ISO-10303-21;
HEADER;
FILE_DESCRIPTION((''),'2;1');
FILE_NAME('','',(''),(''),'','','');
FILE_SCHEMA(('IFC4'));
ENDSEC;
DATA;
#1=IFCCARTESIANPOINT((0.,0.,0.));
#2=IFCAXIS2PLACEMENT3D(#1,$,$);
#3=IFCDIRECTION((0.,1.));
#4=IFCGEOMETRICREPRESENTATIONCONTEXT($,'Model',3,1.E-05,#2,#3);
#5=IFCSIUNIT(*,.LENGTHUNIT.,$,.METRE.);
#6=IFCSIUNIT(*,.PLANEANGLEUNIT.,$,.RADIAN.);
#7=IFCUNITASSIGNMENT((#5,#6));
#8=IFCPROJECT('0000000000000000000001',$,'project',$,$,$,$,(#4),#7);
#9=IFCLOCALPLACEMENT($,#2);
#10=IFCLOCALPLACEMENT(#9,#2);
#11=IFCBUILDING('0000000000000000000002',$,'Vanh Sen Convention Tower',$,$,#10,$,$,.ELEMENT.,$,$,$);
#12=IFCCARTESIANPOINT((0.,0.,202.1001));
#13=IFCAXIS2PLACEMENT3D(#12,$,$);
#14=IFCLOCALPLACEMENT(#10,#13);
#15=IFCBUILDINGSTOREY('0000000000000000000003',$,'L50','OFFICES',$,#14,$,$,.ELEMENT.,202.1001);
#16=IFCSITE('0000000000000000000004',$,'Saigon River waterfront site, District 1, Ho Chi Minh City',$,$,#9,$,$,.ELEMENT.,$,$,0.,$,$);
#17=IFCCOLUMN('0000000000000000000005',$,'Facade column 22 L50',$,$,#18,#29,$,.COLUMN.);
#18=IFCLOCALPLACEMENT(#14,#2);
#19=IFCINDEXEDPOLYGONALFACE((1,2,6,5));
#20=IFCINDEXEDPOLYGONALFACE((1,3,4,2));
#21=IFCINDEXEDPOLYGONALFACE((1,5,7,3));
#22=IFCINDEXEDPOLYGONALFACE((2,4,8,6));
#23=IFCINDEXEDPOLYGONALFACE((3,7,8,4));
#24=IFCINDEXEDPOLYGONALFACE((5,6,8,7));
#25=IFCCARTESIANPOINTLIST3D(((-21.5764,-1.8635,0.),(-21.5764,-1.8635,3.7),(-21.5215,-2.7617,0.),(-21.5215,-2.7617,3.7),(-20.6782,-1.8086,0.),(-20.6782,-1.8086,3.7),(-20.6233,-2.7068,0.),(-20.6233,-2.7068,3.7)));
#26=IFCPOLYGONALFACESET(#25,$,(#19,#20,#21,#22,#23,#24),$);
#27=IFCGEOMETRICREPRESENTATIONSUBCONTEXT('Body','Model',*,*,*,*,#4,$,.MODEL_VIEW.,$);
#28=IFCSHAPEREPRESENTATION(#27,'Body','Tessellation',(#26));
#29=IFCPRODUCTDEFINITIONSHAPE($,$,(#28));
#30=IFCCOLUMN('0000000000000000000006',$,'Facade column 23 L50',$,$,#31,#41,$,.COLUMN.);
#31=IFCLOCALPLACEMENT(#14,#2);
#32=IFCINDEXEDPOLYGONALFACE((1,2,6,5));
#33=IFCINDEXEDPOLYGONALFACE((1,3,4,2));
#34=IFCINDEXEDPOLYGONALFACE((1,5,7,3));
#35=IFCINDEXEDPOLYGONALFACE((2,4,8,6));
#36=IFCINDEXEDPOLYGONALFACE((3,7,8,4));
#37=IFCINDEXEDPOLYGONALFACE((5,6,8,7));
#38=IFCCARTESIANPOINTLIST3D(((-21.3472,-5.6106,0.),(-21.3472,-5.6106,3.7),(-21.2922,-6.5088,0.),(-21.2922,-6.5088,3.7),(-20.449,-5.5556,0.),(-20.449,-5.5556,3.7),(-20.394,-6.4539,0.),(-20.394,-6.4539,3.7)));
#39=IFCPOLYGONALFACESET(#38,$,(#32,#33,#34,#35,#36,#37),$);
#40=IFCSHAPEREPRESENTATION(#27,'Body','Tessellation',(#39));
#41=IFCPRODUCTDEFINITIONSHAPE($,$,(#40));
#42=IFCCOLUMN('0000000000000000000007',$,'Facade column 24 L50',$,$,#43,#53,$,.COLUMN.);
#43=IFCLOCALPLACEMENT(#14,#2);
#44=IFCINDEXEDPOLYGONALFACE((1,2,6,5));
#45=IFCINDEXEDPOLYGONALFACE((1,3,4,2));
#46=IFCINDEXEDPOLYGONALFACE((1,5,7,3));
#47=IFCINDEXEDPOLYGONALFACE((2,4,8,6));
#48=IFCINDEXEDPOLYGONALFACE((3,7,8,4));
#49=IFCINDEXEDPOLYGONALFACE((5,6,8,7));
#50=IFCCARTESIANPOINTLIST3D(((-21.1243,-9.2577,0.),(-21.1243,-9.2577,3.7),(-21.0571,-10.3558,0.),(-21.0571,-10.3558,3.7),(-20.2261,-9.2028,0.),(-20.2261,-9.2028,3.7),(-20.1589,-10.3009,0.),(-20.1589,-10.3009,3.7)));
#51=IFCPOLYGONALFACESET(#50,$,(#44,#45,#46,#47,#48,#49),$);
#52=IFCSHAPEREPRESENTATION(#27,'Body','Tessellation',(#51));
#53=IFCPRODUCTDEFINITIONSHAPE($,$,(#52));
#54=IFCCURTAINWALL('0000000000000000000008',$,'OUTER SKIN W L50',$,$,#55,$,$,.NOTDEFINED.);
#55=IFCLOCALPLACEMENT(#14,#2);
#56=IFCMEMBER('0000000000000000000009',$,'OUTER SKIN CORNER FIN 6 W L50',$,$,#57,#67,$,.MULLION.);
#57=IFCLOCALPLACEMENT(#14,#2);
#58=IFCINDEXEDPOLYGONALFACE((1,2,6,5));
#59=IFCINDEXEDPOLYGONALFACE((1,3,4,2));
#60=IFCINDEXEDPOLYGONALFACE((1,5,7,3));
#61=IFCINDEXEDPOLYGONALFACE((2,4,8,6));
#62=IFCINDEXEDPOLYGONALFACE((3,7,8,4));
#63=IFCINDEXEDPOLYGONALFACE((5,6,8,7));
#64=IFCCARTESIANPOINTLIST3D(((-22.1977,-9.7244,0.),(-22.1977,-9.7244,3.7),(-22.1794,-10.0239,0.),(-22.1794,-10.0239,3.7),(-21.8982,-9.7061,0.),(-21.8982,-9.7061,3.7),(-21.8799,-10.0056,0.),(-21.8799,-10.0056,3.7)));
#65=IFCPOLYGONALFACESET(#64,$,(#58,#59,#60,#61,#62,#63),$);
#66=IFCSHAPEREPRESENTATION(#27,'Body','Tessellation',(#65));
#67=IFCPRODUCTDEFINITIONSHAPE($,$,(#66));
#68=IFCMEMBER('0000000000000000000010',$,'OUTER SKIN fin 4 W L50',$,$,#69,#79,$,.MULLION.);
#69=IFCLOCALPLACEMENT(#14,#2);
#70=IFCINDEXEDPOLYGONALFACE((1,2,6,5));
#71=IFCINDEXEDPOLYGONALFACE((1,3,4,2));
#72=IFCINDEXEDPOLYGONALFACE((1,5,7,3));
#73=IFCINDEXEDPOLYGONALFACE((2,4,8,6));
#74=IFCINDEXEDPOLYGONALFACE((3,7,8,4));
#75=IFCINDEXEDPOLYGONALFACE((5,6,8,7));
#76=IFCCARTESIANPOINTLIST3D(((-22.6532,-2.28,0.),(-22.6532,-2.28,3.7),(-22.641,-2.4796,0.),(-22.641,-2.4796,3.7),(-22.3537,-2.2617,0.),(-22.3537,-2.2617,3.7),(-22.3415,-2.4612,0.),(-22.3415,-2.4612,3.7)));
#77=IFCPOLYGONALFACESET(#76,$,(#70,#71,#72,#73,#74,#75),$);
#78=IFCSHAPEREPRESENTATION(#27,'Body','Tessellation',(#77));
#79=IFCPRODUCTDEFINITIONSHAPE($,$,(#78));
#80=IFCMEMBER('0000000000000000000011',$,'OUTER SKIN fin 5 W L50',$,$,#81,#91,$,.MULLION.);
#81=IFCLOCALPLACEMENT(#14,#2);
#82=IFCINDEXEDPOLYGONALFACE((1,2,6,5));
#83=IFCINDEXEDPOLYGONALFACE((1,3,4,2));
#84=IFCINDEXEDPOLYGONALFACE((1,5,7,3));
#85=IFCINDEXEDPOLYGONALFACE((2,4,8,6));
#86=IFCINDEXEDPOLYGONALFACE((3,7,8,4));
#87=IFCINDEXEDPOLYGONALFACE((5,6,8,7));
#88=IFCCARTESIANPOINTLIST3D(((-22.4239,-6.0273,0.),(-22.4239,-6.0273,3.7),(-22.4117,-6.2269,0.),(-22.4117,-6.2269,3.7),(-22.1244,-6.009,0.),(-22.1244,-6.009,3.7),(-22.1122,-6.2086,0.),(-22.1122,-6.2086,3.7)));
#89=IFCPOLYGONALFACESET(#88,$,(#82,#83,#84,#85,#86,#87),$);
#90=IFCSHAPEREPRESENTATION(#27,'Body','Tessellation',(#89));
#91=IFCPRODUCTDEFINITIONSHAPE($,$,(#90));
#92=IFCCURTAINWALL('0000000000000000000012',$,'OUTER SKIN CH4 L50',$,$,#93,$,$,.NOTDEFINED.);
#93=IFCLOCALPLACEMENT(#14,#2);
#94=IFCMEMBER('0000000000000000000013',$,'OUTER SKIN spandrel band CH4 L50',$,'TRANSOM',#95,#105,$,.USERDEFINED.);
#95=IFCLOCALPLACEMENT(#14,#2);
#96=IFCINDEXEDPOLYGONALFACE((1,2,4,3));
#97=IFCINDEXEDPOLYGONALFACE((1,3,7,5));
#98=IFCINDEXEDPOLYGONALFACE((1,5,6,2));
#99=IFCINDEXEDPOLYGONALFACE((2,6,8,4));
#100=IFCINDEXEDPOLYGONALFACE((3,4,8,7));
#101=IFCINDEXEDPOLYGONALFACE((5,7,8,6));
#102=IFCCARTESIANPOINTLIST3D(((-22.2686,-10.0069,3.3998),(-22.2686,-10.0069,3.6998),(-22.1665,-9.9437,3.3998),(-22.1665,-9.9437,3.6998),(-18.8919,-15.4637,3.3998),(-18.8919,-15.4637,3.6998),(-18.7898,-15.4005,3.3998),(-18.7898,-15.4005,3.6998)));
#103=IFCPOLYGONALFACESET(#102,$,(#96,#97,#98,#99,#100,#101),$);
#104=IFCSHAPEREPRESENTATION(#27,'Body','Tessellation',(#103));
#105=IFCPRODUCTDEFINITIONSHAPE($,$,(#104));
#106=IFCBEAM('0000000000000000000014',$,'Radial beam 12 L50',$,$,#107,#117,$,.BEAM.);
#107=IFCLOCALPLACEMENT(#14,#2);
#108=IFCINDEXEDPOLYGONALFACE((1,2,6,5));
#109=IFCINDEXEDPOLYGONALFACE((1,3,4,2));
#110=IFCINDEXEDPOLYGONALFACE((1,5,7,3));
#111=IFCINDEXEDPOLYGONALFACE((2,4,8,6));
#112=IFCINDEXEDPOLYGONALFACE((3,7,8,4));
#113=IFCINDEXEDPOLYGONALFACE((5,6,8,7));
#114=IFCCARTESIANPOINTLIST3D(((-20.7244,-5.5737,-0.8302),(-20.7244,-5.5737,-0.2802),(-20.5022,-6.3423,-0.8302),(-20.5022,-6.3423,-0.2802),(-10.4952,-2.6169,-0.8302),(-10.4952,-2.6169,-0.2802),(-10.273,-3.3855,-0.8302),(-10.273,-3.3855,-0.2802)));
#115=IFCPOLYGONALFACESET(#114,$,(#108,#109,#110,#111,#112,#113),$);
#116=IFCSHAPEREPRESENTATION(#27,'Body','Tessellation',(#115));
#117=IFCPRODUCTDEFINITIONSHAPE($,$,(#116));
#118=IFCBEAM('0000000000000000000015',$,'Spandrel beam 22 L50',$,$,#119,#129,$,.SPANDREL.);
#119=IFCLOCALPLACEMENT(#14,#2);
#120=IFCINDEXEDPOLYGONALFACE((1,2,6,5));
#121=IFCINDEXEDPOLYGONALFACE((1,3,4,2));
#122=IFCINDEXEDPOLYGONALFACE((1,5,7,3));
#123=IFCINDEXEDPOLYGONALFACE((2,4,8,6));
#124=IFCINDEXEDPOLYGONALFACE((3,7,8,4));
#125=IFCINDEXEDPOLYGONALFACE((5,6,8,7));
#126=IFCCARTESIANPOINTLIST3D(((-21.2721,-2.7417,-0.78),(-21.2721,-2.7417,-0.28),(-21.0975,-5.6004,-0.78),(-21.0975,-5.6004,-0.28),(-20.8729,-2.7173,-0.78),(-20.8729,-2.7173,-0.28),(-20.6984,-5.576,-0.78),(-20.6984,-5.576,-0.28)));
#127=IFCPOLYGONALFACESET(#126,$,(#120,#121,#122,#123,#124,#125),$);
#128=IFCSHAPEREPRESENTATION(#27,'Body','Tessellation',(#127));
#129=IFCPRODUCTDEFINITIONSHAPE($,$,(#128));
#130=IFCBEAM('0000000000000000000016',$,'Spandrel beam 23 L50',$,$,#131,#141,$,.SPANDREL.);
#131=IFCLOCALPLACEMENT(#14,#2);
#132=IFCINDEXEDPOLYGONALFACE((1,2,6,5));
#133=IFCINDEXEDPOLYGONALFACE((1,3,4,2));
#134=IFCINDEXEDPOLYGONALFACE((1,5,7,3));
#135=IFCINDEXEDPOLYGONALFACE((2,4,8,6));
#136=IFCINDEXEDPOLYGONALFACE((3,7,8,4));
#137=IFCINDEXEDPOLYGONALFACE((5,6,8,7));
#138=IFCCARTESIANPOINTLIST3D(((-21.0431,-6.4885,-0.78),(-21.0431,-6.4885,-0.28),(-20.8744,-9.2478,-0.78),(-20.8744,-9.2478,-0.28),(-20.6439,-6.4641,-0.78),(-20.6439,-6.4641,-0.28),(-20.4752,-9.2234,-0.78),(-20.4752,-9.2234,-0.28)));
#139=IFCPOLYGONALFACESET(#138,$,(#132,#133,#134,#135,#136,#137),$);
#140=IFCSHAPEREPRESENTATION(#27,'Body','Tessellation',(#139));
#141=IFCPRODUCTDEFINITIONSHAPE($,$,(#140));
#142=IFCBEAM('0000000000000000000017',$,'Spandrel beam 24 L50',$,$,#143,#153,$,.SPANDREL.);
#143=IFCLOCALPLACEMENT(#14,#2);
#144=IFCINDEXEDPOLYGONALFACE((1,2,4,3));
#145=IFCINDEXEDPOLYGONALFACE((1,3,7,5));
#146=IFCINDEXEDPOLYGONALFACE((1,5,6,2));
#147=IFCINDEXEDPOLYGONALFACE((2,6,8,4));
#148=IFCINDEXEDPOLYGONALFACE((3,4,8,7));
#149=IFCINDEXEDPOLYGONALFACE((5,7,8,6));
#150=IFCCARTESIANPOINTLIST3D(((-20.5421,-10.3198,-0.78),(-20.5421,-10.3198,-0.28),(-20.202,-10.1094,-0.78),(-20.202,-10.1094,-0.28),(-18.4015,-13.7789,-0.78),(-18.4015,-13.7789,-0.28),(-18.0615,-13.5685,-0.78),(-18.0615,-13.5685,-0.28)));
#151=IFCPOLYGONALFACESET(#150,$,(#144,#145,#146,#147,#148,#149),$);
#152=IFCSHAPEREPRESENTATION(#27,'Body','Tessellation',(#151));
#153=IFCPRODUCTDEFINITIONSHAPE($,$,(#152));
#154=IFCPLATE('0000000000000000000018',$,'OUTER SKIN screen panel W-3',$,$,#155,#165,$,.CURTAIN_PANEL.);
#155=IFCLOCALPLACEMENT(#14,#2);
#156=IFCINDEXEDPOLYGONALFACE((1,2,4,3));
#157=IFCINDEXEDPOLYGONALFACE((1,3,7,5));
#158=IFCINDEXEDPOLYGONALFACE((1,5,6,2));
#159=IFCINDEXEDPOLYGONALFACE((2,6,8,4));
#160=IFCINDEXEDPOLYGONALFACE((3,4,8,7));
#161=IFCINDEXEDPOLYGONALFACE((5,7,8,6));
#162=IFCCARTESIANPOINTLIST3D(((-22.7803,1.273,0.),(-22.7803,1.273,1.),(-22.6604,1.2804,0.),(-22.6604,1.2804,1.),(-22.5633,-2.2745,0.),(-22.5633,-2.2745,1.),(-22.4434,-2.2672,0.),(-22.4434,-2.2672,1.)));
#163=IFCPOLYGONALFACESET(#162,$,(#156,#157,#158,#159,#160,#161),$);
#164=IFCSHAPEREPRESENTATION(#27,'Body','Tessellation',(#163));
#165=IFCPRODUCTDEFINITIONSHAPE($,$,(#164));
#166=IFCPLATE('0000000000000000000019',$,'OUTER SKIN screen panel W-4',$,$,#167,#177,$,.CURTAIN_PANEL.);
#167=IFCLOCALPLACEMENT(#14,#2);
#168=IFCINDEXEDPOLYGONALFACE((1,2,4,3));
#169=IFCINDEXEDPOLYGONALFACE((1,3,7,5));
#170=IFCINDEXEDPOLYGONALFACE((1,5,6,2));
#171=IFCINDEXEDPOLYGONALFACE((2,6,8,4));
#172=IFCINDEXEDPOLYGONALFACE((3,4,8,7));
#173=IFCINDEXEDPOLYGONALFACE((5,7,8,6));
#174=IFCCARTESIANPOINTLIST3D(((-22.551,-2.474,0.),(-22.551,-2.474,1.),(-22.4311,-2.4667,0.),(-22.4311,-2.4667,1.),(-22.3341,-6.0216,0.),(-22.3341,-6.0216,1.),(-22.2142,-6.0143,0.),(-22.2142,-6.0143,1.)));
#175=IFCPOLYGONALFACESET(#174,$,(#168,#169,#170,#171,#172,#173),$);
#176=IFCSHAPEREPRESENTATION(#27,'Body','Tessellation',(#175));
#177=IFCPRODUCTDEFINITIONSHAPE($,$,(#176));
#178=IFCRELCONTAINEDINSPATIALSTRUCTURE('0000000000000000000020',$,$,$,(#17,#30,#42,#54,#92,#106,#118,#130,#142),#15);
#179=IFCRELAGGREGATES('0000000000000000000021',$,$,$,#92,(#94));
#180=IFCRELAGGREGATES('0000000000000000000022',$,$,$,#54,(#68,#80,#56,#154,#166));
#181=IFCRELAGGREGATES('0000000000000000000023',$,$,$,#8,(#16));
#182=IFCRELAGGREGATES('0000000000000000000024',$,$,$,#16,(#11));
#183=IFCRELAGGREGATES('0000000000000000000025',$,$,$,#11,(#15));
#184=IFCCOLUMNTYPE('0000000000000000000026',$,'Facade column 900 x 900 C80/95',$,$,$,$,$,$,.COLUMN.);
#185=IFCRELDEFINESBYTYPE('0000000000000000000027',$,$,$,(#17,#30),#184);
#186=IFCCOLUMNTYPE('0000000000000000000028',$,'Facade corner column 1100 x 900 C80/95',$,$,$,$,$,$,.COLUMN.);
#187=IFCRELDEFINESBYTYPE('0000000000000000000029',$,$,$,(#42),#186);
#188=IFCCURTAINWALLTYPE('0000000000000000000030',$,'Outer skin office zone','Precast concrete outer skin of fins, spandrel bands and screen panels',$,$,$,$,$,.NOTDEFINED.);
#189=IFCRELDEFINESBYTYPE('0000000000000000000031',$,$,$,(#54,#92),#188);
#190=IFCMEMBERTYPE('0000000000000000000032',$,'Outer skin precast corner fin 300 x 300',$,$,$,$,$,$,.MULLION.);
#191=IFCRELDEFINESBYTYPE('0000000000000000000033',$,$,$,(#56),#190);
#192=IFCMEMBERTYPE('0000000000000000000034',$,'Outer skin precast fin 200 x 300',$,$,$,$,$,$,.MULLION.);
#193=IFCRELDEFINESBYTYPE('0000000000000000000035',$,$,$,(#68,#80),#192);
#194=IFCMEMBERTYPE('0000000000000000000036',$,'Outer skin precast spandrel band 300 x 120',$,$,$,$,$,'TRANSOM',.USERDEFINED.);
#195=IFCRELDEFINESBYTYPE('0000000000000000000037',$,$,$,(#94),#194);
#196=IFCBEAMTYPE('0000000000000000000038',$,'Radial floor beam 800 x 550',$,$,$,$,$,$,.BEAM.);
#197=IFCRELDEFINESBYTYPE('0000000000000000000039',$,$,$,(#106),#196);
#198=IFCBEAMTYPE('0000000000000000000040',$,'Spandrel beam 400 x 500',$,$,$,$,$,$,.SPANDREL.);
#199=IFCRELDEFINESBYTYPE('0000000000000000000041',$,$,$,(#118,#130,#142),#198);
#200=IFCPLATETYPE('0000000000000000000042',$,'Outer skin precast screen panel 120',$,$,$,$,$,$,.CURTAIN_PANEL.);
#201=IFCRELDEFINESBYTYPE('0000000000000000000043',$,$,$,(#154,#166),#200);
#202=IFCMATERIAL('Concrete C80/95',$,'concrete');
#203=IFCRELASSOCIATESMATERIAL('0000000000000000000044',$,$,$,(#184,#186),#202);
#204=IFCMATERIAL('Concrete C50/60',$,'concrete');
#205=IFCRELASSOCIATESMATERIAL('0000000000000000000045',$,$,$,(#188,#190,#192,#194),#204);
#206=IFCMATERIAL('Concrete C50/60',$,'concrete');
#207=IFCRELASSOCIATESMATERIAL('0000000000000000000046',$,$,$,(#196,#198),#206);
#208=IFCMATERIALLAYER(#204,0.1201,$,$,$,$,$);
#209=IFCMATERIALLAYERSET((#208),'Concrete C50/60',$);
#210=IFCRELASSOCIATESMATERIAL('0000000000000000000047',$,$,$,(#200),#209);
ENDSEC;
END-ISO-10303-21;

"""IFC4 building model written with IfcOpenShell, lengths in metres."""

from ifc_helpers import new_model, si_unit, direction, frame, origin, origin_2d, place, context, subcontext, project, spatial, rectangle, extrude, material, layer, layer_set, material_profile, profile_set, type_object, element, aggregate, save


model = new_model("IFC4")

# Units and contexts
model_context = context("Model", 3, precision=1e-05, world=origin(), true_north=direction((0.0, 1.0)))
body_context = subcontext(model_context, "Body", "Model", "MODEL_VIEW")
ifc_project = project(units=[si_unit("LENGTHUNIT", "METRE"), si_unit("PLANEANGLEUNIT", "RADIAN")], contexts=[model_context])

# Site, building, storey
site_placement = place(None, origin())
site = spatial("IfcSite", under=ifc_project, at=site_placement, Name="Saigon River waterfront site, District 1, Ho Chi Minh City", CompositionType="ELEMENT", RefElevation=0.0)
building_placement = place(site_placement, origin())
building = spatial("IfcBuilding", under=site, at=building_placement, Name="Vanh Sen Convention Tower", CompositionType="ELEMENT")
storey_placement = place(building_placement, frame((0.0, 0.0, 202.1001)))
storey = spatial("IfcBuildingStorey", under=building, at=storey_placement, Name="L50", Description="OFFICES", CompositionType="ELEMENT", Elevation=202.1001)

# Columns
ifc_material_1 = material(Name="Concrete C80/95", Category="concrete")
ifc_material_profile_1 = material_profile(ifc_material_1, rectangle(XDim=0.8999, YDim=0.8999, at=origin_2d()), Name="RC 900X900")
ifc_profile_set_1 = profile_set([ifc_material_profile_1], Name="Concrete C80/95")
column_type_1 = type_object("IfcColumnType", Name="Facade column 900 x 900 C80/95", PredefinedType="COLUMN", material=ifc_profile_set_1)
for number, where, z_axis, x_axis, name in (
    (1, (-21.0999, -2.2852, 0.0), (0.0, 0.0, 1.0), (0.061049, -0.998135, 0.0), "Facade column 22 L50"),
    (2, (-20.8706, -6.0322, 0.0), (0.0, 0.0, 1.0), (0.061049, -0.998135, 0.0), "Facade column 23 L50"),
):
    element("IfcColumn", number, at=place(storey_placement, frame(where, z_axis=z_axis, x_axis=x_axis)), inside=storey, type_object=column_type_1, Name=name, PredefinedType="COLUMN", context=body_context, shape_type="SweptSolid", body=[
        extrude(rectangle(XDim=0.8999, YDim=0.8999, at=origin_2d()), origin(), (0.0, 0.0, 1.0), 3.7),
    ])
ifc_material_profile_2 = material_profile(ifc_material_1, rectangle(XDim=1.1001, YDim=0.8999, at=origin_2d()), Name="RC 1100X900")
ifc_profile_set_2 = profile_set([ifc_material_profile_2], Name="Concrete C80/95")
column_type_2 = type_object("IfcColumnType", Name="Facade corner column 1100 x 900 C80/95", PredefinedType="COLUMN", material=ifc_profile_set_2)
column_placement = place(storey_placement, frame((-20.6416, -9.7793, 0.0), z_axis=(0.0, 0.0, 1.0), x_axis=(0.061049, -0.998135, 0.0)))
element("IfcColumn", 3, at=column_placement, inside=storey, type_object=column_type_2, Name="Facade column 24 L50", PredefinedType="COLUMN", context=body_context, shape_type="SweptSolid", body=[
    extrude(rectangle(XDim=1.1001, YDim=0.8999, at=origin_2d()), origin(), (0.0, 0.0, 1.0), 3.7),
])

# Curtain wall, members
ifc_material_2 = material(Name="Concrete C50/60", Category="concrete")
curtain_wall_type = type_object("IfcCurtainWallType", Name="Outer skin office zone", Description="Precast concrete outer skin of fins, spandrel bands and screen panels", PredefinedType="NOTDEFINED", material=ifc_material_2)
curtain_wall_1_placement = place(storey_placement, origin())
curtain_wall_1 = element("IfcCurtainWall", 4, at=curtain_wall_1_placement, inside=storey, type_object=curtain_wall_type, Name="OUTER SKIN W L50", PredefinedType="NOTDEFINED")
ifc_material_profile_3 = material_profile(ifc_material_2, rectangle(XDim=0.3, YDim=0.3, at=origin_2d()), Name="Outer skin precast corner fin 300 x 300")
ifc_profile_set_3 = profile_set([ifc_material_profile_3], Name="Concrete C50/60")
member_type_1 = type_object("IfcMemberType", Name="Outer skin precast corner fin 300 x 300", PredefinedType="MULLION", material=ifc_profile_set_3)
member_1_placement = place(storey_placement, frame((-22.0388, -9.865, 0.0), z_axis=(0.0, 0.0, 1.0), x_axis=(0.061049, -0.998135, 0.0)))
member_1 = element("IfcMember", 5, at=member_1_placement, type_object=member_type_1, Name="OUTER SKIN CORNER FIN 6 W L50", PredefinedType="MULLION", context=body_context, shape_type="SweptSolid", body=[
    extrude(rectangle(XDim=0.3, YDim=0.3, at=origin_2d()), origin(), (0.0, 0.0, 1.0), 3.7),
])
ifc_material_profile_4 = material_profile(ifc_material_2, rectangle(XDim=0.2, YDim=0.3, at=origin_2d()), Name="Outer skin precast fin 200 x 300")
ifc_profile_set_4 = profile_set([ifc_material_profile_4], Name="Concrete C50/60")
member_type_2 = type_object("IfcMemberType", Name="Outer skin precast fin 200 x 300", PredefinedType="MULLION", material=ifc_profile_set_4)
member_2_placement = place(storey_placement, frame((-22.4973, -2.3706, 0.0), z_axis=(0.0, 0.0, 1.0), x_axis=(0.061049, -0.998135, 0.0)))
member_2 = element("IfcMember", 6, at=member_2_placement, type_object=member_type_2, Name="OUTER SKIN fin 4 W L50", PredefinedType="MULLION", context=body_context, shape_type="SweptSolid", body=[
    extrude(rectangle(XDim=0.2, YDim=0.3, at=origin_2d()), origin(), (0.0, 0.0, 1.0), 3.7),
])
member_3_placement = place(storey_placement, frame((-22.2681, -6.1179, 0.0), z_axis=(0.0, 0.0, 1.0), x_axis=(0.061049, -0.998135, 0.0)))
member_3 = element("IfcMember", 7, at=member_3_placement, type_object=member_type_2, Name="OUTER SKIN fin 5 W L50", PredefinedType="MULLION", context=body_context, shape_type="SweptSolid", body=[
    extrude(rectangle(XDim=0.2, YDim=0.3, at=origin_2d()), origin(), (0.0, 0.0, 1.0), 3.7),
])

# Curtain wall, member
curtain_wall_2_placement = place(storey_placement, origin())
curtain_wall_2 = element("IfcCurtainWall", 8, at=curtain_wall_2_placement, inside=storey, type_object=curtain_wall_type, Name="OUTER SKIN CH4 L50", PredefinedType="NOTDEFINED")
ifc_material_profile_5 = material_profile(ifc_material_2, rectangle(XDim=0.1201, YDim=0.3, at=origin_2d()), Name="Outer skin precast spandrel band 300 x 120")
ifc_profile_set_5 = profile_set([ifc_material_profile_5], Name="Concrete C50/60")
member_type_3 = type_object("IfcMemberType", Name="Outer skin precast spandrel band 300 x 120", ElementType="TRANSOM", PredefinedType="USERDEFINED", material=ifc_profile_set_5)
member_4_placement = place(storey_placement, frame((-22.2175, -9.9753, 3.5498), z_axis=(0.526208, -0.850356, 0.0), x_axis=(0.850356, 0.526208, 0.0)))
member_4 = element("IfcMember", 9, at=member_4_placement, type_object=member_type_3, Name="OUTER SKIN spandrel band CH4 L50", ObjectType="TRANSOM", PredefinedType="USERDEFINED", context=body_context, shape_type="SweptSolid", body=[
    extrude(rectangle(XDim=0.1201, YDim=0.3, at=origin_2d()), origin(), (0.0, 0.0, 1.0), 6.417),
])
aggregate(curtain_wall_2, [member_4])

# Beams
ifc_material_3 = material(Name="Concrete C50/60", Category="concrete")
ifc_material_profile_6 = material_profile(ifc_material_3, rectangle(XDim=0.8, YDim=0.55, at=origin_2d()), Name="RC 800X550")
ifc_profile_set_6 = profile_set([ifc_material_profile_6], Name="Concrete C50/60")
beam_type_1 = type_object("IfcBeamType", Name="Radial floor beam 800 x 550", PredefinedType="BEAM", material=ifc_profile_set_6)
beam_1_placement = place(storey_placement, frame((-20.6133, -5.958, -0.5552), z_axis=(0.960672, 0.277684, 0.0), x_axis=(-0.277684, 0.960672, 0.0)))
element("IfcBeam", 10, at=beam_1_placement, inside=storey, type_object=beam_type_1, Name="Radial beam 12 L50", PredefinedType="BEAM", context=body_context, shape_type="SweptSolid", body=[
    extrude(rectangle(XDim=0.8, YDim=0.55, at=origin_2d()), origin(), (0.0, 0.0, 1.0), 10.6479),
])
ifc_material_profile_7 = material_profile(ifc_material_3, rectangle(XDim=0.3999, YDim=0.5, at=origin_2d()), Name="RC 400X500")
ifc_profile_set_7 = profile_set([ifc_material_profile_7], Name="Concrete C50/60")
beam_type_2 = type_object("IfcBeamType", Name="Spandrel beam 400 x 500", PredefinedType="SPANDREL", material=ifc_profile_set_7)
beam_2_placement = place(storey_placement, frame((-21.0725, -2.7295, -0.53), z_axis=(0.060951, -0.998141, 0.0), x_axis=(0.998141, 0.060951, 0.0)))
element("IfcBeam", 11, at=beam_2_placement, inside=storey, type_object=beam_type_2, Name="Spandrel beam 22 L50", PredefinedType="SPANDREL", context=body_context, shape_type="SweptSolid", body=[
    extrude(rectangle(XDim=0.3999, YDim=0.5, at=origin_2d()), origin(), (0.0, 0.0, 1.0), 2.864),
])
beam_3_placement = place(storey_placement, frame((-20.8435, -6.4763, -0.53), z_axis=(0.061026, -0.998136, 0.0), x_axis=(0.998136, 0.061026, 0.0)))
element("IfcBeam", 12, at=beam_3_placement, inside=storey, type_object=beam_type_2, Name="Spandrel beam 23 L50", PredefinedType="SPANDREL", context=body_context, shape_type="SweptSolid", body=[
    extrude(rectangle(XDim=0.3999, YDim=0.5, at=origin_2d()), origin(), (0.0, 0.0, 1.0), 2.7644),
])
beam_4_placement = place(storey_placement, frame((-20.3721, -10.2146, -0.53), z_axis=(0.526212, -0.850353, 0.0), x_axis=(0.850353, 0.526212, 0.0)))
element("IfcBeam", 13, at=beam_4_placement, inside=storey, type_object=beam_type_2, Name="Spandrel beam 24 L50", PredefinedType="SPANDREL", context=body_context, shape_type="SweptSolid", body=[
    extrude(rectangle(XDim=0.3999, YDim=0.5, at=origin_2d()), origin(), (0.0, 0.0, 1.0), 4.0679),
])

# Plates
ifc_layer_1 = layer(ifc_material_2, 0.1201)
ifc_layer_set_1 = layer_set([ifc_layer_1], Name="Concrete C50/60")
plate_type = type_object("IfcPlateType", Name="Outer skin precast screen panel 120", PredefinedType="CURTAIN_PANEL", material=ifc_layer_set_1)
plate_1_placement = place(storey_placement, frame((-22.6118, -0.4971, 0.0), z_axis=(0.0, 0.0, 1.0), x_axis=(0.061054, -0.998134, 0.0)))
plate_1 = element("IfcPlate", 14, at=plate_1_placement, type_object=plate_type, Name="OUTER SKIN screen panel W-3", PredefinedType="CURTAIN_PANEL", context=body_context, shape_type="SweptSolid", body=[
    extrude(rectangle(XDim=3.5542, YDim=0.1201, at=origin_2d()), origin(), (0.0, 0.0, 1.0), 1.0),
])
plate_2_placement = place(storey_placement, frame((-22.3826, -4.2441, 0.0), z_axis=(0.0, 0.0, 1.0), x_axis=(0.061026, -0.998136, 0.0)))
plate_2 = element("IfcPlate", 15, at=plate_2_placement, type_object=plate_type, Name="OUTER SKIN screen panel W-4", PredefinedType="CURTAIN_PANEL", context=body_context, shape_type="SweptSolid", body=[
    extrude(rectangle(XDim=3.5542, YDim=0.1201, at=origin_2d()), origin(), (0.0, 0.0, 1.0), 1.0),
])
aggregate(curtain_wall_1, [member_2, member_3, member_1, plate_1, plate_2])

save(model, "model.ifc")
